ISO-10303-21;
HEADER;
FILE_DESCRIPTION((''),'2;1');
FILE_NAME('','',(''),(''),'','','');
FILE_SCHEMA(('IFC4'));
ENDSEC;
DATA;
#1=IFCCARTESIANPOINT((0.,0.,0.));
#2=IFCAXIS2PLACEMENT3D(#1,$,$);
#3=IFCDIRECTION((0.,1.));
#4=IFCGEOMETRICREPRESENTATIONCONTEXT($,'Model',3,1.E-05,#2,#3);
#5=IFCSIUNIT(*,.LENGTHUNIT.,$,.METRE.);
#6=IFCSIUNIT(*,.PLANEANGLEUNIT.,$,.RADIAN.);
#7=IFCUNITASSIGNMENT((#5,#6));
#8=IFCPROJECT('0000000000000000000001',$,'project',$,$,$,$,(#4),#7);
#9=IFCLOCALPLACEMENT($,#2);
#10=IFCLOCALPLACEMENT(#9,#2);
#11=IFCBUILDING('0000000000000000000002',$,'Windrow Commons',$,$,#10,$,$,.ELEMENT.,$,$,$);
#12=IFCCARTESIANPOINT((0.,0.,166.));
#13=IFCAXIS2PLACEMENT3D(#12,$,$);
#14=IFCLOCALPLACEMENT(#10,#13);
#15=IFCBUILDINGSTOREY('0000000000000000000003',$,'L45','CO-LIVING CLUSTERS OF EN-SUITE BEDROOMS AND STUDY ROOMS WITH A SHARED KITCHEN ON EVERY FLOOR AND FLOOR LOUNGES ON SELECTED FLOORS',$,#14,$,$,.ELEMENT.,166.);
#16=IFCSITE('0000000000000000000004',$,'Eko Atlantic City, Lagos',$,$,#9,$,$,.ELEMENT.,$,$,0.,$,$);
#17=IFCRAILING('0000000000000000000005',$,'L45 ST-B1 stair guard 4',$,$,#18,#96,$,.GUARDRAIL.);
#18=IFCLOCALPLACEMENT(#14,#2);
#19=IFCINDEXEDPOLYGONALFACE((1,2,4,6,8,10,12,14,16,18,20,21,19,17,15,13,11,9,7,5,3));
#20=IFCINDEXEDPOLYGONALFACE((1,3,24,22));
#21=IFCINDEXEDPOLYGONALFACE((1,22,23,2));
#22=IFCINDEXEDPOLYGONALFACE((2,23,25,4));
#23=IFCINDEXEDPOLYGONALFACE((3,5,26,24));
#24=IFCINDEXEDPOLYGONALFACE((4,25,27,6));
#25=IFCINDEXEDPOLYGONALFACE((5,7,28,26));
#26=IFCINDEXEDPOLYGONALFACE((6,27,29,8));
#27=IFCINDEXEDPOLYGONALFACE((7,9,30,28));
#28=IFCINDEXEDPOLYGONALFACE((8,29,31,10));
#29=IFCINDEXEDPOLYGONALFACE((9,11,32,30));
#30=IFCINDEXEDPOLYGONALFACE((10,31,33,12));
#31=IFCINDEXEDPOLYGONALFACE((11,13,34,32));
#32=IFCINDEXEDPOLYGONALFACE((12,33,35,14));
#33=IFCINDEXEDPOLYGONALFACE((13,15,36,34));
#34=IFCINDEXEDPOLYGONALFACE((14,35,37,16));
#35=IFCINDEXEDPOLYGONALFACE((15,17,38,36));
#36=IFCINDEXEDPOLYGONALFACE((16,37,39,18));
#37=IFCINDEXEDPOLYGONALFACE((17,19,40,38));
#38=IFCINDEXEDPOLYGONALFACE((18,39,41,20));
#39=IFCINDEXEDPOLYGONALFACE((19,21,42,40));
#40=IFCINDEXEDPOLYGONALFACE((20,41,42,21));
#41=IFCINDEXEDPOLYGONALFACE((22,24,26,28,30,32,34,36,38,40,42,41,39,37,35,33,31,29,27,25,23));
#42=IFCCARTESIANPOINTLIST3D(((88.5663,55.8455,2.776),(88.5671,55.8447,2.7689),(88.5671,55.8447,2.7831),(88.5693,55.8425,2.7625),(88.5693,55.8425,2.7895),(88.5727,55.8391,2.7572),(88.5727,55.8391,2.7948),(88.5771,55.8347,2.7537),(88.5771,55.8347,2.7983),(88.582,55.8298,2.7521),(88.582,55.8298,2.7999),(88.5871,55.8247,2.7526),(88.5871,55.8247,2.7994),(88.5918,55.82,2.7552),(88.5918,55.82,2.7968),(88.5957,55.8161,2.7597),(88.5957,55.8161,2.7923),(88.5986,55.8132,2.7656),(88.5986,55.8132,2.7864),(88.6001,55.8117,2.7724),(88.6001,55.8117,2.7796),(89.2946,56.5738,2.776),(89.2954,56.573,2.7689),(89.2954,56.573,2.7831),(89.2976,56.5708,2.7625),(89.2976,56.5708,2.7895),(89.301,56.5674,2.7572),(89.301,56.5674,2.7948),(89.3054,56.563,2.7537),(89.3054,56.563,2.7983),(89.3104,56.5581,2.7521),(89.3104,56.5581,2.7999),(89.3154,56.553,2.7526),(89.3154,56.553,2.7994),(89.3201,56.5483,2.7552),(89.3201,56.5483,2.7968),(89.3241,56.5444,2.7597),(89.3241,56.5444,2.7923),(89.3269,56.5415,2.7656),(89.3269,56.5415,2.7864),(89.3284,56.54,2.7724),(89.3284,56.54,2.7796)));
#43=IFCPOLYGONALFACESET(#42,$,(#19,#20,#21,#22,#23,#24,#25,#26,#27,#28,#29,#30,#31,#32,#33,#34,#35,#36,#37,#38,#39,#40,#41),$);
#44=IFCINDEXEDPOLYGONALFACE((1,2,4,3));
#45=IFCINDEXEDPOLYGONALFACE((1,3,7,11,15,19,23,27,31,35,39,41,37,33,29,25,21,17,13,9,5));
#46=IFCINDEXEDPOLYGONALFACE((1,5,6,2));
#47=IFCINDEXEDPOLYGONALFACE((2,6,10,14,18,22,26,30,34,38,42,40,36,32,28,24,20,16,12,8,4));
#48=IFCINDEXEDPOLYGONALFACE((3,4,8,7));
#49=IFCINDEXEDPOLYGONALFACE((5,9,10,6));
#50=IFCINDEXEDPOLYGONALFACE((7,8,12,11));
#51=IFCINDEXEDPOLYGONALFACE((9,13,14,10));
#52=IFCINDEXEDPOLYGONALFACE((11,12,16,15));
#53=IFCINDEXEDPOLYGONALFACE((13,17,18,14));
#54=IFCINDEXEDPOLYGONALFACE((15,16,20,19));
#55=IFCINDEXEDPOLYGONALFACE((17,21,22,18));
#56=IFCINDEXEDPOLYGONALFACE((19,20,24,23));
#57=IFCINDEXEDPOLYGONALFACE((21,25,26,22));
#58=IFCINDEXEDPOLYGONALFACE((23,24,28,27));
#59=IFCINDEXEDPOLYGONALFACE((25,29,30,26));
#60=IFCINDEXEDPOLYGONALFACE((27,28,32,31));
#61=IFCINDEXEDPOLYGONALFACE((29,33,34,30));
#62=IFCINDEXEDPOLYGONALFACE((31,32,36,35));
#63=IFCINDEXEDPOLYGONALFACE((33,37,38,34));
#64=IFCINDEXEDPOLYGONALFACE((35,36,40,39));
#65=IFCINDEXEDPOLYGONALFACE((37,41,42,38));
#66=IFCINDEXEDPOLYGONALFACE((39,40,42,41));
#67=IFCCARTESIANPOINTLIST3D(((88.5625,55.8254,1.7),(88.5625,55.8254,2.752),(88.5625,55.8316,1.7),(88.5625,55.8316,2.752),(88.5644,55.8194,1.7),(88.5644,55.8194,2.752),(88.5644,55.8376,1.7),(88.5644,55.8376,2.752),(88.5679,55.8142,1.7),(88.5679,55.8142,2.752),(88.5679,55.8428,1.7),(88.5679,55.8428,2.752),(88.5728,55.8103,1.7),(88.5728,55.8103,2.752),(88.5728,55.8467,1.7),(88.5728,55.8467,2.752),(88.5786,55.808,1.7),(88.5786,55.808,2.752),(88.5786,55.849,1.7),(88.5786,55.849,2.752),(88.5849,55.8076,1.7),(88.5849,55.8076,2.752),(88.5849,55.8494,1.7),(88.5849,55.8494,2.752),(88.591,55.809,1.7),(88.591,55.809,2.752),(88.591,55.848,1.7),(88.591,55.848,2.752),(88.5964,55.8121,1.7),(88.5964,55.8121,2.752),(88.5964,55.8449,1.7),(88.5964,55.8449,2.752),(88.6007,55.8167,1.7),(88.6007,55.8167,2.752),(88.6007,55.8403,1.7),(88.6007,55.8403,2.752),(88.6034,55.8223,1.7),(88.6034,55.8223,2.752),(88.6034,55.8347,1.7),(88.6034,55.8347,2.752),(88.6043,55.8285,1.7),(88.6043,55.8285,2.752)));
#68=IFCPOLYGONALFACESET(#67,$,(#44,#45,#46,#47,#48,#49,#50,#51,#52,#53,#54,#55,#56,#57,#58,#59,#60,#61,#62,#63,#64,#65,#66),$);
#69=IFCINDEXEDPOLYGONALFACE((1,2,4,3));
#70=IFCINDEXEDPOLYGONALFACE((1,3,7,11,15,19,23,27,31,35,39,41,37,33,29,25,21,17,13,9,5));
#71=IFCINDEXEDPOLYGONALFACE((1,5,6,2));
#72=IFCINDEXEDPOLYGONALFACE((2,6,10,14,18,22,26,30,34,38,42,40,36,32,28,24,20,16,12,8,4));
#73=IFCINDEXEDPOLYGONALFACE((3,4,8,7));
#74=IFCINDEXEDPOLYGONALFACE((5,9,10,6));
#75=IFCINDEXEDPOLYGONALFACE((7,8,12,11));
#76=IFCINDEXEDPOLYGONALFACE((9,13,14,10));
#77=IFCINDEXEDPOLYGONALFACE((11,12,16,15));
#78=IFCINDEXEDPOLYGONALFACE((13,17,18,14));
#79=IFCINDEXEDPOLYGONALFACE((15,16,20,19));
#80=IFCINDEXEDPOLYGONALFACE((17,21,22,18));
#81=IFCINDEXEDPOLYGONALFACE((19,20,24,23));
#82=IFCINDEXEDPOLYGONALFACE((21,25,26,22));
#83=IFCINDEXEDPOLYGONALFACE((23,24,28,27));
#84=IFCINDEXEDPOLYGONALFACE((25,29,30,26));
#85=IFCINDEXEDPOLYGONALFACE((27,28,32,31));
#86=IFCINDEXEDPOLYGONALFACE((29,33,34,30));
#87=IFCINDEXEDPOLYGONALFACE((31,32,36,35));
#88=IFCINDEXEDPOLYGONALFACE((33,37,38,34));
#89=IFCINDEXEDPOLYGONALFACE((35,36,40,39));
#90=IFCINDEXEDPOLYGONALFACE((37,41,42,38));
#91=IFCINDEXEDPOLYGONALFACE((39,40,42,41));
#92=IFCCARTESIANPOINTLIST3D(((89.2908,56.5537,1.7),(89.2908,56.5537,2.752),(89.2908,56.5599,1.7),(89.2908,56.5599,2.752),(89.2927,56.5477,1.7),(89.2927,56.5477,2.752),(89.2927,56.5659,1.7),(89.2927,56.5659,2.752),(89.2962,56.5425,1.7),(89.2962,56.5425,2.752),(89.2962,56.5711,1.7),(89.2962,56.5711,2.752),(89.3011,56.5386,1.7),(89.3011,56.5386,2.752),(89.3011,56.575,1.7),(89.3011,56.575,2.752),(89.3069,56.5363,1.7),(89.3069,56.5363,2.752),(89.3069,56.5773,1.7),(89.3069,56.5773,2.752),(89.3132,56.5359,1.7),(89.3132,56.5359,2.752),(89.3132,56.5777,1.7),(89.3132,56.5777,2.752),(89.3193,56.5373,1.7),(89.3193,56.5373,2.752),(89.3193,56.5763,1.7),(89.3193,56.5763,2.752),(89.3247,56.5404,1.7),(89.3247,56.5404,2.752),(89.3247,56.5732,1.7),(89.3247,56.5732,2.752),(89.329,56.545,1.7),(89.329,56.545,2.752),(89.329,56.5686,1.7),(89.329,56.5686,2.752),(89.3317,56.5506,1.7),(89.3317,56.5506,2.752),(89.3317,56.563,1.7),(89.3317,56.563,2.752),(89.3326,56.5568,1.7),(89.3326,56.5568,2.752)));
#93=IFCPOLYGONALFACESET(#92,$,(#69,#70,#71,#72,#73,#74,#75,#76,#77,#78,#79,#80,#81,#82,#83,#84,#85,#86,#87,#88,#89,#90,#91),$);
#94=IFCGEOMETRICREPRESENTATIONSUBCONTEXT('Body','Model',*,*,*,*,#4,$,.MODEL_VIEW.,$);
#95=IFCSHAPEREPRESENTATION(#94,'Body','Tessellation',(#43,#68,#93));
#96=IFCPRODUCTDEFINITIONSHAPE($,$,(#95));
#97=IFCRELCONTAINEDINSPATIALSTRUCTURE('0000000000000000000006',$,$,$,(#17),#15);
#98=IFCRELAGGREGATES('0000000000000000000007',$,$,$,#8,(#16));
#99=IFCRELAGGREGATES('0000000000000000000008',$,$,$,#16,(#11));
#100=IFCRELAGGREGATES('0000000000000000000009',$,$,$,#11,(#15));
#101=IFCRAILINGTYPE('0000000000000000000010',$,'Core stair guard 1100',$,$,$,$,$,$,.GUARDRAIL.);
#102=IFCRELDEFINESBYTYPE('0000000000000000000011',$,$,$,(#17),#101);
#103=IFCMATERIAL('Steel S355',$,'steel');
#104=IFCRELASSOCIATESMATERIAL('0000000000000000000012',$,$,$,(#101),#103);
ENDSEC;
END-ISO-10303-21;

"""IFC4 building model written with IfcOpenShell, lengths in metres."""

from ifc_helpers import new_model, si_unit, direction, frame, origin, origin_2d, place, context, subcontext, project, spatial, circle, extrude, material, type_object, element, save


model = new_model("IFC4")

# Units and contexts
model_context = context("Model", 3, precision=1e-05, world=origin(), true_north=direction((0.0, 1.0)))
body_context = subcontext(model_context, "Body", "Model", "MODEL_VIEW")
ifc_project = project(units=[si_unit("LENGTHUNIT", "METRE"), si_unit("PLANEANGLEUNIT", "RADIAN")], contexts=[model_context])

# Site, building, storey
site_placement = place(None, origin())
site = spatial("IfcSite", under=ifc_project, at=site_placement, Name="Eko Atlantic City, Lagos", CompositionType="ELEMENT", RefElevation=0.0)
building_placement = place(site_placement, origin())
building = spatial("IfcBuilding", under=site, at=building_placement, Name="Windrow Commons", CompositionType="ELEMENT")
storey_placement = place(building_placement, frame((0.0, 0.0, 166.0)))
storey = spatial("IfcBuildingStorey", under=building, at=storey_placement, Name="L45", Description="CO-LIVING CLUSTERS OF EN-SUITE BEDROOMS AND STUDY ROOMS WITH A SHARED KITCHEN ON EVERY FLOOR AND FLOOR LOUNGES ON SELECTED FLOORS", CompositionType="ELEMENT", Elevation=166.0)

# Railing
ifc_material_1 = material(Name="Steel S355", Category="steel")
railing_type_1 = type_object("IfcRailingType", Name="Core stair guard 1100", PredefinedType="GUARDRAIL", material=ifc_material_1)
railing_1_placement = place(storey_placement, frame((88.5833, 55.8285, 1.7)))
element("IfcRailing", 1, at=railing_1_placement, inside=storey, type_object=railing_type_1, Name="L45 ST-B1 stair guard 4", PredefinedType="GUARDRAIL", context=body_context, shape_type="SweptSolid", body=[
    extrude(circle(Radius=0.024, at=origin_2d()), frame((0.0, 0.0, 1.076), z_axis=(0.707107, 0.707107, 0.0), x_axis=(-0.707107, 0.707107, 0.0)), (0.0, 0.0, 1.0), 1.03),
    extrude(circle(Radius=0.021, at=origin_2d()), origin(), (0.0, 0.0, 1.0), 1.052),
    extrude(circle(Radius=0.021, at=origin_2d()), frame((0.7283, 0.7283, 0.0)), (0.0, 0.0, 1.0), 1.052),
])

save(model, "model.ifc")
